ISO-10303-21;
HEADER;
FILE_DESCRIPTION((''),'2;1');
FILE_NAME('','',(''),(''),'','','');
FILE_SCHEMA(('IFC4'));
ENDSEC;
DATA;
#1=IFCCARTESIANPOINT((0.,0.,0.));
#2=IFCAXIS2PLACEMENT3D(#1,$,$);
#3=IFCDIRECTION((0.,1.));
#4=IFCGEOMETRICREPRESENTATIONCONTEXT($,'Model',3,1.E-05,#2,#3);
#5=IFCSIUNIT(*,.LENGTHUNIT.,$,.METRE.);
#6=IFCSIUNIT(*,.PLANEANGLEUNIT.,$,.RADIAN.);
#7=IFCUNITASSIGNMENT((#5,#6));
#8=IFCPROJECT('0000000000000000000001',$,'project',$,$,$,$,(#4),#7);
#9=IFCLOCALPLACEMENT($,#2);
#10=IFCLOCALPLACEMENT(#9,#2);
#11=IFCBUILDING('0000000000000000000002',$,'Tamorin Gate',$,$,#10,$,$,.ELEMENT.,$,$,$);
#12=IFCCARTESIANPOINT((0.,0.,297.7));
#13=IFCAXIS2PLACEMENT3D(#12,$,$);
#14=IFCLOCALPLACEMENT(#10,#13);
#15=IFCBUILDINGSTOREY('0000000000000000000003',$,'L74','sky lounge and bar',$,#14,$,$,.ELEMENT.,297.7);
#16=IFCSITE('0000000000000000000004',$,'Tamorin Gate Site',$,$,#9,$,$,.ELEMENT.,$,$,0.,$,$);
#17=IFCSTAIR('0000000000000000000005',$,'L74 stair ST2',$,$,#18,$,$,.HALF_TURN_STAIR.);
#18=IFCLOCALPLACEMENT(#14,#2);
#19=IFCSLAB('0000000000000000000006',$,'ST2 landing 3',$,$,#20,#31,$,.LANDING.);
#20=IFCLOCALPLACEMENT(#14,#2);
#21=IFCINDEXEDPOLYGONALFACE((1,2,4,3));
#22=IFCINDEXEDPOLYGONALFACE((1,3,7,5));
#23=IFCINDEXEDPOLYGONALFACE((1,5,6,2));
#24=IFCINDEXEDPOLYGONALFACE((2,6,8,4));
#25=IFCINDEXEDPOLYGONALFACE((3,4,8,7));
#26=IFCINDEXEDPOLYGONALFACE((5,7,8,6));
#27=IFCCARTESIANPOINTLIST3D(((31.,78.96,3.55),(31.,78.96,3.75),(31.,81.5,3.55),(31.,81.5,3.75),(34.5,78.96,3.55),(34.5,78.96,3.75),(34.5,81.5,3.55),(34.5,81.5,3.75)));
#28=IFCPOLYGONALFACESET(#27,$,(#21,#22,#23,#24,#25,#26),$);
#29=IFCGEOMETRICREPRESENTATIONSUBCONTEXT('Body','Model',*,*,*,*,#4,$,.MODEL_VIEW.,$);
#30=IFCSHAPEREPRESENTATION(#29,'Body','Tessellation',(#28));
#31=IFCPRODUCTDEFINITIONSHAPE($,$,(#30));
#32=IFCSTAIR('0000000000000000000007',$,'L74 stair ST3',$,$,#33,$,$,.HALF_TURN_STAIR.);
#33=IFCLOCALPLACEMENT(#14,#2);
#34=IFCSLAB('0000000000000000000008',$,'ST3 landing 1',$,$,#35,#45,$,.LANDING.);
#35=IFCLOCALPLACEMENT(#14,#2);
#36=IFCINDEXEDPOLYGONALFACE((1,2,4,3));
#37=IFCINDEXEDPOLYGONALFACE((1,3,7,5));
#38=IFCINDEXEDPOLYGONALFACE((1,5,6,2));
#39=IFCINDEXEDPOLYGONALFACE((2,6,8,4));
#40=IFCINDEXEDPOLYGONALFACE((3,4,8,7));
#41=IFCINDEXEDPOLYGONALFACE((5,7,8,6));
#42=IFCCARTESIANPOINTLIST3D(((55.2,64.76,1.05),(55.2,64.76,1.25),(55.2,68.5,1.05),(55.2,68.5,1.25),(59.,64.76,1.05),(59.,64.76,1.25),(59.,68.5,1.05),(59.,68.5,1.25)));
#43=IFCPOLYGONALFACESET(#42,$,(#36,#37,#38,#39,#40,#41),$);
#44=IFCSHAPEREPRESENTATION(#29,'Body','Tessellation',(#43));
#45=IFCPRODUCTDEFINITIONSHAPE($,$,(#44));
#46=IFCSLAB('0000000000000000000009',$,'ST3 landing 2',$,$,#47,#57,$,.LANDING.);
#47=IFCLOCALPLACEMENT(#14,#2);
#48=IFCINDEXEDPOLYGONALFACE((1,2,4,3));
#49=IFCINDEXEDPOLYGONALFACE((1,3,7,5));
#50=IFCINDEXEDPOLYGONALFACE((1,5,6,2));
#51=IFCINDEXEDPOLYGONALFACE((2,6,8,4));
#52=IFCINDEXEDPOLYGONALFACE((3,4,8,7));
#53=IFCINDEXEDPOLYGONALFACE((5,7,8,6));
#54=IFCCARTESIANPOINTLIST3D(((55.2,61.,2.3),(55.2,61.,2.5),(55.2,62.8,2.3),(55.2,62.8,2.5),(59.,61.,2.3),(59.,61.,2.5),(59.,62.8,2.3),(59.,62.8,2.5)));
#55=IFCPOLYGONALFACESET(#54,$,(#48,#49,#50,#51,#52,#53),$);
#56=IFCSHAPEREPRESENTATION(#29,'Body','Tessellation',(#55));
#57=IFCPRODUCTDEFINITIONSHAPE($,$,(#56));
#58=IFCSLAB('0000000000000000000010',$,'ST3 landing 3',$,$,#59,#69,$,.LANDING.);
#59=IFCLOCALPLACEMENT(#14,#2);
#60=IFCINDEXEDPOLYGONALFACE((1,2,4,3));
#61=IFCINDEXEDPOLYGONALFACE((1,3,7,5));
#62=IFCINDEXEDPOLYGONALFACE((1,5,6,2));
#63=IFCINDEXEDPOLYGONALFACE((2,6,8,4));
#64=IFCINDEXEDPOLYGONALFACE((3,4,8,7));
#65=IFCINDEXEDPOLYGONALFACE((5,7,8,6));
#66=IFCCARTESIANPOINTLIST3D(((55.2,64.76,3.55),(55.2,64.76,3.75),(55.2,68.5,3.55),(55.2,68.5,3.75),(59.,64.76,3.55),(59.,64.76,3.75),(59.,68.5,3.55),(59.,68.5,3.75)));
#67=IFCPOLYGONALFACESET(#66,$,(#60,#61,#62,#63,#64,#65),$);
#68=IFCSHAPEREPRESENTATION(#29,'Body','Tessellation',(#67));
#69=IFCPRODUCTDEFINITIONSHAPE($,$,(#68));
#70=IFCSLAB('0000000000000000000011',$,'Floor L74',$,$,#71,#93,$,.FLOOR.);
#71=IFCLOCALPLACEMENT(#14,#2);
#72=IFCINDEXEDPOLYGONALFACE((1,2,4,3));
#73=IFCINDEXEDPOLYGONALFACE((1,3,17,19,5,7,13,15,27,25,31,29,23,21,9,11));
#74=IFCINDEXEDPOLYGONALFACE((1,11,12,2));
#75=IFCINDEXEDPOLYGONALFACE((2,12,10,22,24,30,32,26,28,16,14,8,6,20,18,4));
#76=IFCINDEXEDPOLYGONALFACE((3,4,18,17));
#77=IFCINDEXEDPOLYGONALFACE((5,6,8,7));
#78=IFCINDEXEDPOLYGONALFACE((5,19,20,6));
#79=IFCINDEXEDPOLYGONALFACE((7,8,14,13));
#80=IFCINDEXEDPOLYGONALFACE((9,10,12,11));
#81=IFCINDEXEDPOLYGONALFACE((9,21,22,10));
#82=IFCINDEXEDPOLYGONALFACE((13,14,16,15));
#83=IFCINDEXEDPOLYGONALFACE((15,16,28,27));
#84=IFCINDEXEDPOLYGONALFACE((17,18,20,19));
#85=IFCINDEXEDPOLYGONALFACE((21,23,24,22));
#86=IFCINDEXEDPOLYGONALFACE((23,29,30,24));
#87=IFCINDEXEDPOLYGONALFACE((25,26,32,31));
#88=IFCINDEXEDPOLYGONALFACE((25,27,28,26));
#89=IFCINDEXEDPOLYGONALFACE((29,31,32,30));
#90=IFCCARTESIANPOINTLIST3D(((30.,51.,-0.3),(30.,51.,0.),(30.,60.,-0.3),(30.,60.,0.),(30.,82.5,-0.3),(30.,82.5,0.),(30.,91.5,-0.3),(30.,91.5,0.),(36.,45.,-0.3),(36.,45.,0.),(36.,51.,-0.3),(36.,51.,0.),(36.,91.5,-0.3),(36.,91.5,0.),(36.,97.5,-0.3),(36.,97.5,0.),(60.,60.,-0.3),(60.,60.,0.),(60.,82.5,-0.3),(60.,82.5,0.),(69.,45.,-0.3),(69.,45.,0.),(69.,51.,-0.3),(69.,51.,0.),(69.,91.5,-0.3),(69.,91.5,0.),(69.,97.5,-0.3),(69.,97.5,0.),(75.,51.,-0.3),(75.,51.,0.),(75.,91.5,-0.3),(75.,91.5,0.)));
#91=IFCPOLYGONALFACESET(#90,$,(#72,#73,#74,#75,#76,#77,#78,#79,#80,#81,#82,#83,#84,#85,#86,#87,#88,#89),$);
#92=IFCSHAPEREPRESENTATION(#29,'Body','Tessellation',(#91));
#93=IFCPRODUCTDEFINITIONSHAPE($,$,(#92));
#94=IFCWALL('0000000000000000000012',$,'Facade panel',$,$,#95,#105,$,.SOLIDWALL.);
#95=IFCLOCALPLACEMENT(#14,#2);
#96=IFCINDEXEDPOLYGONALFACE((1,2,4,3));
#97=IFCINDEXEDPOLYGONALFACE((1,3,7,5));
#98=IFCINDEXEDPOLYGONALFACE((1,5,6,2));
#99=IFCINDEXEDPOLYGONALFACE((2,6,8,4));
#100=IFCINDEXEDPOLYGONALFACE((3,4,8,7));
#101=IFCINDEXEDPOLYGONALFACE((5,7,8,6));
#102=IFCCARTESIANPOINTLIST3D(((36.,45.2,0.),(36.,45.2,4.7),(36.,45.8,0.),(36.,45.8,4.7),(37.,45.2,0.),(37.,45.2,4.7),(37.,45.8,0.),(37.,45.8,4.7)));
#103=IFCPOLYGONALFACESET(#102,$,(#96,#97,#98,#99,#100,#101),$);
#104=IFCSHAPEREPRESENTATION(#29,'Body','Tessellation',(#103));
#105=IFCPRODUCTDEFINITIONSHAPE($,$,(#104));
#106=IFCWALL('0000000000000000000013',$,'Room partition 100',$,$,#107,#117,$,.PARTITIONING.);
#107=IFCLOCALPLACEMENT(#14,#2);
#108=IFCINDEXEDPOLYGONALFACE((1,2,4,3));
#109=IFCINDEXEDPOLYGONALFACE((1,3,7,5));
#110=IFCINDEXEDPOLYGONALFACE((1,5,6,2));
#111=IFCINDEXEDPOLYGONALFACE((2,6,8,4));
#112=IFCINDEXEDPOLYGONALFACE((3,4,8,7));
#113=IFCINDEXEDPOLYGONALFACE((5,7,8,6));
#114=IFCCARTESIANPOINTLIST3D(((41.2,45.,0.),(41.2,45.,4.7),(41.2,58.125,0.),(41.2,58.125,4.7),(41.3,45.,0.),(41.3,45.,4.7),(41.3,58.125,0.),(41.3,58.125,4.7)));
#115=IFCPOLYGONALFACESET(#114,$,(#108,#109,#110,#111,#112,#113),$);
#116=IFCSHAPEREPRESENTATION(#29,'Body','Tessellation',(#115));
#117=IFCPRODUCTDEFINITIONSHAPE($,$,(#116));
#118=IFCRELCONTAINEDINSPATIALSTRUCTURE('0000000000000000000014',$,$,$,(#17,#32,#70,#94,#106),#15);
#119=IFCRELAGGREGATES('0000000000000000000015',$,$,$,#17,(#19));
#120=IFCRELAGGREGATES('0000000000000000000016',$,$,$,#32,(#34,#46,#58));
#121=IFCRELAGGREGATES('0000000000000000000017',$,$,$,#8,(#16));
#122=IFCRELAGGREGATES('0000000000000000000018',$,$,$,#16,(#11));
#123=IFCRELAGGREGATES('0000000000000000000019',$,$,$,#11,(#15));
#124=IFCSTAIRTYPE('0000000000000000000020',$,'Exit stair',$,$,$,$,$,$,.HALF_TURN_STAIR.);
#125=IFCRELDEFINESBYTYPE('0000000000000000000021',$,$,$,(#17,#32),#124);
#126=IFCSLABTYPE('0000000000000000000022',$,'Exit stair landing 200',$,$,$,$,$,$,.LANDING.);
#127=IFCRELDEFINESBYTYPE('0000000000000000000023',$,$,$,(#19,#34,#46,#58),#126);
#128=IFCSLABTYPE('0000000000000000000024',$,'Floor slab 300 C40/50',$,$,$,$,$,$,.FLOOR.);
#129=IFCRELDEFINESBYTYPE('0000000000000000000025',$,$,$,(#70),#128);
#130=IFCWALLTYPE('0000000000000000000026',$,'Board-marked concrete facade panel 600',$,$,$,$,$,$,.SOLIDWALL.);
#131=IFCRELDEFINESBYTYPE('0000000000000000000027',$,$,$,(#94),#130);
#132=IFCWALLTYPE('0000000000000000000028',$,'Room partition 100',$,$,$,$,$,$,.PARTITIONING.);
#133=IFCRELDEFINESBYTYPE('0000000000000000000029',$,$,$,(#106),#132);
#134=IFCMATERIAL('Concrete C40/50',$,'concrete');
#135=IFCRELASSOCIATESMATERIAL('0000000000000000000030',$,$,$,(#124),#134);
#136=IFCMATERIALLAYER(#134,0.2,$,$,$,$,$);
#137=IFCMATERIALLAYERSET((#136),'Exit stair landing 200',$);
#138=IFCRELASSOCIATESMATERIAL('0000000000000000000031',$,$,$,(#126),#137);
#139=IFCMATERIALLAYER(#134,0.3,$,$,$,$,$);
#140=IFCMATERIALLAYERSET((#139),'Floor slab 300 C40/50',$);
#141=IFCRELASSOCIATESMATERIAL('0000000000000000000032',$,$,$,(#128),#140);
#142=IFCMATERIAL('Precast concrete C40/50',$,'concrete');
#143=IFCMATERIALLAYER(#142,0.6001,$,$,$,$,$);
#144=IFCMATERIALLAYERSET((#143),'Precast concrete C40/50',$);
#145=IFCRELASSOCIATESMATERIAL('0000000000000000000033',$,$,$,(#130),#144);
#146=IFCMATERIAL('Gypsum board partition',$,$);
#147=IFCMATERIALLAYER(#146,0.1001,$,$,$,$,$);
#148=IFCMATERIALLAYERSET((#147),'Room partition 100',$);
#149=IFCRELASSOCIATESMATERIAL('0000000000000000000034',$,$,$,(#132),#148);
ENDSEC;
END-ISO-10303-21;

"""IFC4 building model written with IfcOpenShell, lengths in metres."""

from ifc_helpers import new_model, si_unit, direction, frame, frame_2d, origin, place, context, subcontext, project, spatial, polyline, rectangle, outline, extrude, material, layer, layer_set, type_object, element, aggregate, save


model = new_model("IFC4")

# Units and contexts
model_context = context("Model", 3, precision=1e-05, world=origin(), true_north=direction((0.0, 1.0)))
body_context = subcontext(model_context, "Body", "Model", "MODEL_VIEW")
ifc_project = project(units=[si_unit("LENGTHUNIT", "METRE"), si_unit("PLANEANGLEUNIT", "RADIAN")], contexts=[model_context])

# Site, building, storey
site_placement = place(None, origin())
site = spatial("IfcSite", under=ifc_project, at=site_placement, Name="Tamorin Gate Site", CompositionType="ELEMENT", RefElevation=0.0)
building_placement = place(site_placement, origin())
building = spatial("IfcBuilding", under=site, at=building_placement, Name="Tamorin Gate", CompositionType="ELEMENT")
storey_placement = place(building_placement, frame((0.0, 0.0, 297.7)))
storey = spatial("IfcBuildingStorey", under=building, at=storey_placement, Name="L74", Description="sky lounge and bar", CompositionType="ELEMENT", Elevation=297.7)

# Shared definitions
ifc_material_1 = material(Name="Concrete C40/50", Category="concrete")

# Stairs, slabs
stair_type = type_object("IfcStairType", Name="Exit stair", PredefinedType="HALF_TURN_STAIR", material=ifc_material_1)
ifc_layer_1 = layer(ifc_material_1, 0.2)
ifc_layer_set_1 = layer_set([ifc_layer_1], Name="Exit stair landing 200")
slab_type_1 = type_object("IfcSlabType", Name="Exit stair landing 200", PredefinedType="LANDING", material=ifc_layer_set_1)
stair_1_placement = place(storey_placement, origin())
stair_1 = element("IfcStair", 1, at=stair_1_placement, inside=storey, type_object=stair_type, Name="L74 stair ST2", PredefinedType="HALF_TURN_STAIR")
slab_1_placement = place(storey_placement, frame((0.0, 0.0, 3.55)))
slab_1 = element("IfcSlab", 2, at=slab_1_placement, type_object=slab_type_1, Name="ST2 landing 3", PredefinedType="LANDING", context=body_context, shape_type="SweptSolid", body=[
    extrude(outline(polyline([(34.5, 78.96), (34.5, 81.5), (31.0, 81.5), (31.0, 78.96), (34.5, 78.96)])), origin(), (0.0, 0.0, 1.0), 0.2),
])
aggregate(stair_1, [slab_1])
stair_2_placement = place(storey_placement, origin())
stair_2 = element("IfcStair", 3, at=stair_2_placement, inside=storey, type_object=stair_type, Name="L74 stair ST3", PredefinedType="HALF_TURN_STAIR")
slab_2_placement = place(storey_placement, frame((0.0, 0.0, 1.05)))
slab_2 = element("IfcSlab", 4, at=slab_2_placement, type_object=slab_type_1, Name="ST3 landing 1", PredefinedType="LANDING", context=body_context, shape_type="SweptSolid", body=[
    extrude(outline(polyline([(59.0, 64.76), (59.0, 68.5), (55.2, 68.5), (55.2, 64.76), (59.0, 64.76)])), origin(), (0.0, 0.0, 1.0), 0.2),
])
slab_3_placement = place(storey_placement, frame((0.0, 0.0, 2.3)))
slab_3 = element("IfcSlab", 5, at=slab_3_placement, type_object=slab_type_1, Name="ST3 landing 2", PredefinedType="LANDING", context=body_context, shape_type="SweptSolid", body=[
    extrude(outline(polyline([(59.0, 61.0), (59.0, 62.8), (55.2, 62.8), (55.2, 61.0), (59.0, 61.0)])), origin(), (0.0, 0.0, 1.0), 0.2),
])
slab_4_placement = place(storey_placement, frame((0.0, 0.0, 3.55)))
slab_4 = element("IfcSlab", 6, at=slab_4_placement, type_object=slab_type_1, Name="ST3 landing 3", PredefinedType="LANDING", context=body_context, shape_type="SweptSolid", body=[
    extrude(outline(polyline([(59.0, 64.76), (59.0, 68.5), (55.2, 68.5), (55.2, 64.76), (59.0, 64.76)])), origin(), (0.0, 0.0, 1.0), 0.2),
])
aggregate(stair_2, [slab_2, slab_3, slab_4])

# Slab
ifc_layer_2 = layer(ifc_material_1, 0.3)
ifc_layer_set_2 = layer_set([ifc_layer_2], Name="Floor slab 300 C40/50")
slab_type_2 = type_object("IfcSlabType", Name="Floor slab 300 C40/50", PredefinedType="FLOOR", material=ifc_layer_set_2)
slab_5_placement = place(storey_placement, frame((0.0, 0.0, -0.3)))
element("IfcSlab", 7, at=slab_5_placement, inside=storey, type_object=slab_type_2, Name="Floor L74", PredefinedType="FLOOR", context=body_context, shape_type="SweptSolid", body=[
    extrude(outline(polyline([(30.0, 91.5), (36.0, 91.5), (36.0, 97.5), (69.0, 97.5), (69.0, 91.5), (75.0, 91.5), (75.0, 51.0), (69.0, 51.0), (69.0, 45.0), (36.0, 45.0), (36.0, 51.0), (30.0, 51.0), (30.0, 60.0), (60.0, 60.0), (60.0, 82.5), (30.0, 82.5), (30.0, 91.5)])), origin(), (0.0, 0.0, 1.0), 0.3),
])

# Walls
ifc_material_2 = material(Name="Precast concrete C40/50", Category="concrete")
ifc_layer_3 = layer(ifc_material_2, 0.6001)
ifc_layer_set_3 = layer_set([ifc_layer_3], Name="Precast concrete C40/50")
wall_type_1 = type_object("IfcWallType", Name="Board-marked concrete facade panel 600", PredefinedType="SOLIDWALL", material=ifc_layer_set_3)
wall_1_placement = place(storey_placement, frame((36.0, 45.5, 0.0), z_axis=(0.0, 0.0, 1.0), x_axis=(1.0, 0.0, 0.0)))
element("IfcWall", 8, at=wall_1_placement, inside=storey, type_object=wall_type_1, Name="Facade panel", PredefinedType="SOLIDWALL", context=body_context, shape_type="SweptSolid", body=[
    extrude(rectangle(XDim=1.0, YDim=0.6001, at=frame_2d((0.5, 0.0))), origin(), (0.0, 0.0, 1.0), 4.7),
])
ifc_material_3 = material(Name="Gypsum board partition")
ifc_layer_4 = layer(ifc_material_3, 0.1001)
ifc_layer_set_4 = layer_set([ifc_layer_4], Name="Room partition 100")
wall_type_2 = type_object("IfcWallType", Name="Room partition 100", PredefinedType="PARTITIONING", material=ifc_layer_set_4)
wall_2_placement = place(storey_placement, frame((41.25, 45.0, 0.0), z_axis=(0.0, 0.0, 1.0), x_axis=(0.0, 1.0, 0.0)))
element("IfcWall", 9, at=wall_2_placement, inside=storey, type_object=wall_type_2, Name="Room partition 100", PredefinedType="PARTITIONING", context=body_context, shape_type="SweptSolid", body=[
    extrude(rectangle(XDim=13.125, YDim=0.1001, at=frame_2d((6.5625, 0.0))), origin(), (0.0, 0.0, 1.0), 4.7),
])

save(model, "model.ifc")
